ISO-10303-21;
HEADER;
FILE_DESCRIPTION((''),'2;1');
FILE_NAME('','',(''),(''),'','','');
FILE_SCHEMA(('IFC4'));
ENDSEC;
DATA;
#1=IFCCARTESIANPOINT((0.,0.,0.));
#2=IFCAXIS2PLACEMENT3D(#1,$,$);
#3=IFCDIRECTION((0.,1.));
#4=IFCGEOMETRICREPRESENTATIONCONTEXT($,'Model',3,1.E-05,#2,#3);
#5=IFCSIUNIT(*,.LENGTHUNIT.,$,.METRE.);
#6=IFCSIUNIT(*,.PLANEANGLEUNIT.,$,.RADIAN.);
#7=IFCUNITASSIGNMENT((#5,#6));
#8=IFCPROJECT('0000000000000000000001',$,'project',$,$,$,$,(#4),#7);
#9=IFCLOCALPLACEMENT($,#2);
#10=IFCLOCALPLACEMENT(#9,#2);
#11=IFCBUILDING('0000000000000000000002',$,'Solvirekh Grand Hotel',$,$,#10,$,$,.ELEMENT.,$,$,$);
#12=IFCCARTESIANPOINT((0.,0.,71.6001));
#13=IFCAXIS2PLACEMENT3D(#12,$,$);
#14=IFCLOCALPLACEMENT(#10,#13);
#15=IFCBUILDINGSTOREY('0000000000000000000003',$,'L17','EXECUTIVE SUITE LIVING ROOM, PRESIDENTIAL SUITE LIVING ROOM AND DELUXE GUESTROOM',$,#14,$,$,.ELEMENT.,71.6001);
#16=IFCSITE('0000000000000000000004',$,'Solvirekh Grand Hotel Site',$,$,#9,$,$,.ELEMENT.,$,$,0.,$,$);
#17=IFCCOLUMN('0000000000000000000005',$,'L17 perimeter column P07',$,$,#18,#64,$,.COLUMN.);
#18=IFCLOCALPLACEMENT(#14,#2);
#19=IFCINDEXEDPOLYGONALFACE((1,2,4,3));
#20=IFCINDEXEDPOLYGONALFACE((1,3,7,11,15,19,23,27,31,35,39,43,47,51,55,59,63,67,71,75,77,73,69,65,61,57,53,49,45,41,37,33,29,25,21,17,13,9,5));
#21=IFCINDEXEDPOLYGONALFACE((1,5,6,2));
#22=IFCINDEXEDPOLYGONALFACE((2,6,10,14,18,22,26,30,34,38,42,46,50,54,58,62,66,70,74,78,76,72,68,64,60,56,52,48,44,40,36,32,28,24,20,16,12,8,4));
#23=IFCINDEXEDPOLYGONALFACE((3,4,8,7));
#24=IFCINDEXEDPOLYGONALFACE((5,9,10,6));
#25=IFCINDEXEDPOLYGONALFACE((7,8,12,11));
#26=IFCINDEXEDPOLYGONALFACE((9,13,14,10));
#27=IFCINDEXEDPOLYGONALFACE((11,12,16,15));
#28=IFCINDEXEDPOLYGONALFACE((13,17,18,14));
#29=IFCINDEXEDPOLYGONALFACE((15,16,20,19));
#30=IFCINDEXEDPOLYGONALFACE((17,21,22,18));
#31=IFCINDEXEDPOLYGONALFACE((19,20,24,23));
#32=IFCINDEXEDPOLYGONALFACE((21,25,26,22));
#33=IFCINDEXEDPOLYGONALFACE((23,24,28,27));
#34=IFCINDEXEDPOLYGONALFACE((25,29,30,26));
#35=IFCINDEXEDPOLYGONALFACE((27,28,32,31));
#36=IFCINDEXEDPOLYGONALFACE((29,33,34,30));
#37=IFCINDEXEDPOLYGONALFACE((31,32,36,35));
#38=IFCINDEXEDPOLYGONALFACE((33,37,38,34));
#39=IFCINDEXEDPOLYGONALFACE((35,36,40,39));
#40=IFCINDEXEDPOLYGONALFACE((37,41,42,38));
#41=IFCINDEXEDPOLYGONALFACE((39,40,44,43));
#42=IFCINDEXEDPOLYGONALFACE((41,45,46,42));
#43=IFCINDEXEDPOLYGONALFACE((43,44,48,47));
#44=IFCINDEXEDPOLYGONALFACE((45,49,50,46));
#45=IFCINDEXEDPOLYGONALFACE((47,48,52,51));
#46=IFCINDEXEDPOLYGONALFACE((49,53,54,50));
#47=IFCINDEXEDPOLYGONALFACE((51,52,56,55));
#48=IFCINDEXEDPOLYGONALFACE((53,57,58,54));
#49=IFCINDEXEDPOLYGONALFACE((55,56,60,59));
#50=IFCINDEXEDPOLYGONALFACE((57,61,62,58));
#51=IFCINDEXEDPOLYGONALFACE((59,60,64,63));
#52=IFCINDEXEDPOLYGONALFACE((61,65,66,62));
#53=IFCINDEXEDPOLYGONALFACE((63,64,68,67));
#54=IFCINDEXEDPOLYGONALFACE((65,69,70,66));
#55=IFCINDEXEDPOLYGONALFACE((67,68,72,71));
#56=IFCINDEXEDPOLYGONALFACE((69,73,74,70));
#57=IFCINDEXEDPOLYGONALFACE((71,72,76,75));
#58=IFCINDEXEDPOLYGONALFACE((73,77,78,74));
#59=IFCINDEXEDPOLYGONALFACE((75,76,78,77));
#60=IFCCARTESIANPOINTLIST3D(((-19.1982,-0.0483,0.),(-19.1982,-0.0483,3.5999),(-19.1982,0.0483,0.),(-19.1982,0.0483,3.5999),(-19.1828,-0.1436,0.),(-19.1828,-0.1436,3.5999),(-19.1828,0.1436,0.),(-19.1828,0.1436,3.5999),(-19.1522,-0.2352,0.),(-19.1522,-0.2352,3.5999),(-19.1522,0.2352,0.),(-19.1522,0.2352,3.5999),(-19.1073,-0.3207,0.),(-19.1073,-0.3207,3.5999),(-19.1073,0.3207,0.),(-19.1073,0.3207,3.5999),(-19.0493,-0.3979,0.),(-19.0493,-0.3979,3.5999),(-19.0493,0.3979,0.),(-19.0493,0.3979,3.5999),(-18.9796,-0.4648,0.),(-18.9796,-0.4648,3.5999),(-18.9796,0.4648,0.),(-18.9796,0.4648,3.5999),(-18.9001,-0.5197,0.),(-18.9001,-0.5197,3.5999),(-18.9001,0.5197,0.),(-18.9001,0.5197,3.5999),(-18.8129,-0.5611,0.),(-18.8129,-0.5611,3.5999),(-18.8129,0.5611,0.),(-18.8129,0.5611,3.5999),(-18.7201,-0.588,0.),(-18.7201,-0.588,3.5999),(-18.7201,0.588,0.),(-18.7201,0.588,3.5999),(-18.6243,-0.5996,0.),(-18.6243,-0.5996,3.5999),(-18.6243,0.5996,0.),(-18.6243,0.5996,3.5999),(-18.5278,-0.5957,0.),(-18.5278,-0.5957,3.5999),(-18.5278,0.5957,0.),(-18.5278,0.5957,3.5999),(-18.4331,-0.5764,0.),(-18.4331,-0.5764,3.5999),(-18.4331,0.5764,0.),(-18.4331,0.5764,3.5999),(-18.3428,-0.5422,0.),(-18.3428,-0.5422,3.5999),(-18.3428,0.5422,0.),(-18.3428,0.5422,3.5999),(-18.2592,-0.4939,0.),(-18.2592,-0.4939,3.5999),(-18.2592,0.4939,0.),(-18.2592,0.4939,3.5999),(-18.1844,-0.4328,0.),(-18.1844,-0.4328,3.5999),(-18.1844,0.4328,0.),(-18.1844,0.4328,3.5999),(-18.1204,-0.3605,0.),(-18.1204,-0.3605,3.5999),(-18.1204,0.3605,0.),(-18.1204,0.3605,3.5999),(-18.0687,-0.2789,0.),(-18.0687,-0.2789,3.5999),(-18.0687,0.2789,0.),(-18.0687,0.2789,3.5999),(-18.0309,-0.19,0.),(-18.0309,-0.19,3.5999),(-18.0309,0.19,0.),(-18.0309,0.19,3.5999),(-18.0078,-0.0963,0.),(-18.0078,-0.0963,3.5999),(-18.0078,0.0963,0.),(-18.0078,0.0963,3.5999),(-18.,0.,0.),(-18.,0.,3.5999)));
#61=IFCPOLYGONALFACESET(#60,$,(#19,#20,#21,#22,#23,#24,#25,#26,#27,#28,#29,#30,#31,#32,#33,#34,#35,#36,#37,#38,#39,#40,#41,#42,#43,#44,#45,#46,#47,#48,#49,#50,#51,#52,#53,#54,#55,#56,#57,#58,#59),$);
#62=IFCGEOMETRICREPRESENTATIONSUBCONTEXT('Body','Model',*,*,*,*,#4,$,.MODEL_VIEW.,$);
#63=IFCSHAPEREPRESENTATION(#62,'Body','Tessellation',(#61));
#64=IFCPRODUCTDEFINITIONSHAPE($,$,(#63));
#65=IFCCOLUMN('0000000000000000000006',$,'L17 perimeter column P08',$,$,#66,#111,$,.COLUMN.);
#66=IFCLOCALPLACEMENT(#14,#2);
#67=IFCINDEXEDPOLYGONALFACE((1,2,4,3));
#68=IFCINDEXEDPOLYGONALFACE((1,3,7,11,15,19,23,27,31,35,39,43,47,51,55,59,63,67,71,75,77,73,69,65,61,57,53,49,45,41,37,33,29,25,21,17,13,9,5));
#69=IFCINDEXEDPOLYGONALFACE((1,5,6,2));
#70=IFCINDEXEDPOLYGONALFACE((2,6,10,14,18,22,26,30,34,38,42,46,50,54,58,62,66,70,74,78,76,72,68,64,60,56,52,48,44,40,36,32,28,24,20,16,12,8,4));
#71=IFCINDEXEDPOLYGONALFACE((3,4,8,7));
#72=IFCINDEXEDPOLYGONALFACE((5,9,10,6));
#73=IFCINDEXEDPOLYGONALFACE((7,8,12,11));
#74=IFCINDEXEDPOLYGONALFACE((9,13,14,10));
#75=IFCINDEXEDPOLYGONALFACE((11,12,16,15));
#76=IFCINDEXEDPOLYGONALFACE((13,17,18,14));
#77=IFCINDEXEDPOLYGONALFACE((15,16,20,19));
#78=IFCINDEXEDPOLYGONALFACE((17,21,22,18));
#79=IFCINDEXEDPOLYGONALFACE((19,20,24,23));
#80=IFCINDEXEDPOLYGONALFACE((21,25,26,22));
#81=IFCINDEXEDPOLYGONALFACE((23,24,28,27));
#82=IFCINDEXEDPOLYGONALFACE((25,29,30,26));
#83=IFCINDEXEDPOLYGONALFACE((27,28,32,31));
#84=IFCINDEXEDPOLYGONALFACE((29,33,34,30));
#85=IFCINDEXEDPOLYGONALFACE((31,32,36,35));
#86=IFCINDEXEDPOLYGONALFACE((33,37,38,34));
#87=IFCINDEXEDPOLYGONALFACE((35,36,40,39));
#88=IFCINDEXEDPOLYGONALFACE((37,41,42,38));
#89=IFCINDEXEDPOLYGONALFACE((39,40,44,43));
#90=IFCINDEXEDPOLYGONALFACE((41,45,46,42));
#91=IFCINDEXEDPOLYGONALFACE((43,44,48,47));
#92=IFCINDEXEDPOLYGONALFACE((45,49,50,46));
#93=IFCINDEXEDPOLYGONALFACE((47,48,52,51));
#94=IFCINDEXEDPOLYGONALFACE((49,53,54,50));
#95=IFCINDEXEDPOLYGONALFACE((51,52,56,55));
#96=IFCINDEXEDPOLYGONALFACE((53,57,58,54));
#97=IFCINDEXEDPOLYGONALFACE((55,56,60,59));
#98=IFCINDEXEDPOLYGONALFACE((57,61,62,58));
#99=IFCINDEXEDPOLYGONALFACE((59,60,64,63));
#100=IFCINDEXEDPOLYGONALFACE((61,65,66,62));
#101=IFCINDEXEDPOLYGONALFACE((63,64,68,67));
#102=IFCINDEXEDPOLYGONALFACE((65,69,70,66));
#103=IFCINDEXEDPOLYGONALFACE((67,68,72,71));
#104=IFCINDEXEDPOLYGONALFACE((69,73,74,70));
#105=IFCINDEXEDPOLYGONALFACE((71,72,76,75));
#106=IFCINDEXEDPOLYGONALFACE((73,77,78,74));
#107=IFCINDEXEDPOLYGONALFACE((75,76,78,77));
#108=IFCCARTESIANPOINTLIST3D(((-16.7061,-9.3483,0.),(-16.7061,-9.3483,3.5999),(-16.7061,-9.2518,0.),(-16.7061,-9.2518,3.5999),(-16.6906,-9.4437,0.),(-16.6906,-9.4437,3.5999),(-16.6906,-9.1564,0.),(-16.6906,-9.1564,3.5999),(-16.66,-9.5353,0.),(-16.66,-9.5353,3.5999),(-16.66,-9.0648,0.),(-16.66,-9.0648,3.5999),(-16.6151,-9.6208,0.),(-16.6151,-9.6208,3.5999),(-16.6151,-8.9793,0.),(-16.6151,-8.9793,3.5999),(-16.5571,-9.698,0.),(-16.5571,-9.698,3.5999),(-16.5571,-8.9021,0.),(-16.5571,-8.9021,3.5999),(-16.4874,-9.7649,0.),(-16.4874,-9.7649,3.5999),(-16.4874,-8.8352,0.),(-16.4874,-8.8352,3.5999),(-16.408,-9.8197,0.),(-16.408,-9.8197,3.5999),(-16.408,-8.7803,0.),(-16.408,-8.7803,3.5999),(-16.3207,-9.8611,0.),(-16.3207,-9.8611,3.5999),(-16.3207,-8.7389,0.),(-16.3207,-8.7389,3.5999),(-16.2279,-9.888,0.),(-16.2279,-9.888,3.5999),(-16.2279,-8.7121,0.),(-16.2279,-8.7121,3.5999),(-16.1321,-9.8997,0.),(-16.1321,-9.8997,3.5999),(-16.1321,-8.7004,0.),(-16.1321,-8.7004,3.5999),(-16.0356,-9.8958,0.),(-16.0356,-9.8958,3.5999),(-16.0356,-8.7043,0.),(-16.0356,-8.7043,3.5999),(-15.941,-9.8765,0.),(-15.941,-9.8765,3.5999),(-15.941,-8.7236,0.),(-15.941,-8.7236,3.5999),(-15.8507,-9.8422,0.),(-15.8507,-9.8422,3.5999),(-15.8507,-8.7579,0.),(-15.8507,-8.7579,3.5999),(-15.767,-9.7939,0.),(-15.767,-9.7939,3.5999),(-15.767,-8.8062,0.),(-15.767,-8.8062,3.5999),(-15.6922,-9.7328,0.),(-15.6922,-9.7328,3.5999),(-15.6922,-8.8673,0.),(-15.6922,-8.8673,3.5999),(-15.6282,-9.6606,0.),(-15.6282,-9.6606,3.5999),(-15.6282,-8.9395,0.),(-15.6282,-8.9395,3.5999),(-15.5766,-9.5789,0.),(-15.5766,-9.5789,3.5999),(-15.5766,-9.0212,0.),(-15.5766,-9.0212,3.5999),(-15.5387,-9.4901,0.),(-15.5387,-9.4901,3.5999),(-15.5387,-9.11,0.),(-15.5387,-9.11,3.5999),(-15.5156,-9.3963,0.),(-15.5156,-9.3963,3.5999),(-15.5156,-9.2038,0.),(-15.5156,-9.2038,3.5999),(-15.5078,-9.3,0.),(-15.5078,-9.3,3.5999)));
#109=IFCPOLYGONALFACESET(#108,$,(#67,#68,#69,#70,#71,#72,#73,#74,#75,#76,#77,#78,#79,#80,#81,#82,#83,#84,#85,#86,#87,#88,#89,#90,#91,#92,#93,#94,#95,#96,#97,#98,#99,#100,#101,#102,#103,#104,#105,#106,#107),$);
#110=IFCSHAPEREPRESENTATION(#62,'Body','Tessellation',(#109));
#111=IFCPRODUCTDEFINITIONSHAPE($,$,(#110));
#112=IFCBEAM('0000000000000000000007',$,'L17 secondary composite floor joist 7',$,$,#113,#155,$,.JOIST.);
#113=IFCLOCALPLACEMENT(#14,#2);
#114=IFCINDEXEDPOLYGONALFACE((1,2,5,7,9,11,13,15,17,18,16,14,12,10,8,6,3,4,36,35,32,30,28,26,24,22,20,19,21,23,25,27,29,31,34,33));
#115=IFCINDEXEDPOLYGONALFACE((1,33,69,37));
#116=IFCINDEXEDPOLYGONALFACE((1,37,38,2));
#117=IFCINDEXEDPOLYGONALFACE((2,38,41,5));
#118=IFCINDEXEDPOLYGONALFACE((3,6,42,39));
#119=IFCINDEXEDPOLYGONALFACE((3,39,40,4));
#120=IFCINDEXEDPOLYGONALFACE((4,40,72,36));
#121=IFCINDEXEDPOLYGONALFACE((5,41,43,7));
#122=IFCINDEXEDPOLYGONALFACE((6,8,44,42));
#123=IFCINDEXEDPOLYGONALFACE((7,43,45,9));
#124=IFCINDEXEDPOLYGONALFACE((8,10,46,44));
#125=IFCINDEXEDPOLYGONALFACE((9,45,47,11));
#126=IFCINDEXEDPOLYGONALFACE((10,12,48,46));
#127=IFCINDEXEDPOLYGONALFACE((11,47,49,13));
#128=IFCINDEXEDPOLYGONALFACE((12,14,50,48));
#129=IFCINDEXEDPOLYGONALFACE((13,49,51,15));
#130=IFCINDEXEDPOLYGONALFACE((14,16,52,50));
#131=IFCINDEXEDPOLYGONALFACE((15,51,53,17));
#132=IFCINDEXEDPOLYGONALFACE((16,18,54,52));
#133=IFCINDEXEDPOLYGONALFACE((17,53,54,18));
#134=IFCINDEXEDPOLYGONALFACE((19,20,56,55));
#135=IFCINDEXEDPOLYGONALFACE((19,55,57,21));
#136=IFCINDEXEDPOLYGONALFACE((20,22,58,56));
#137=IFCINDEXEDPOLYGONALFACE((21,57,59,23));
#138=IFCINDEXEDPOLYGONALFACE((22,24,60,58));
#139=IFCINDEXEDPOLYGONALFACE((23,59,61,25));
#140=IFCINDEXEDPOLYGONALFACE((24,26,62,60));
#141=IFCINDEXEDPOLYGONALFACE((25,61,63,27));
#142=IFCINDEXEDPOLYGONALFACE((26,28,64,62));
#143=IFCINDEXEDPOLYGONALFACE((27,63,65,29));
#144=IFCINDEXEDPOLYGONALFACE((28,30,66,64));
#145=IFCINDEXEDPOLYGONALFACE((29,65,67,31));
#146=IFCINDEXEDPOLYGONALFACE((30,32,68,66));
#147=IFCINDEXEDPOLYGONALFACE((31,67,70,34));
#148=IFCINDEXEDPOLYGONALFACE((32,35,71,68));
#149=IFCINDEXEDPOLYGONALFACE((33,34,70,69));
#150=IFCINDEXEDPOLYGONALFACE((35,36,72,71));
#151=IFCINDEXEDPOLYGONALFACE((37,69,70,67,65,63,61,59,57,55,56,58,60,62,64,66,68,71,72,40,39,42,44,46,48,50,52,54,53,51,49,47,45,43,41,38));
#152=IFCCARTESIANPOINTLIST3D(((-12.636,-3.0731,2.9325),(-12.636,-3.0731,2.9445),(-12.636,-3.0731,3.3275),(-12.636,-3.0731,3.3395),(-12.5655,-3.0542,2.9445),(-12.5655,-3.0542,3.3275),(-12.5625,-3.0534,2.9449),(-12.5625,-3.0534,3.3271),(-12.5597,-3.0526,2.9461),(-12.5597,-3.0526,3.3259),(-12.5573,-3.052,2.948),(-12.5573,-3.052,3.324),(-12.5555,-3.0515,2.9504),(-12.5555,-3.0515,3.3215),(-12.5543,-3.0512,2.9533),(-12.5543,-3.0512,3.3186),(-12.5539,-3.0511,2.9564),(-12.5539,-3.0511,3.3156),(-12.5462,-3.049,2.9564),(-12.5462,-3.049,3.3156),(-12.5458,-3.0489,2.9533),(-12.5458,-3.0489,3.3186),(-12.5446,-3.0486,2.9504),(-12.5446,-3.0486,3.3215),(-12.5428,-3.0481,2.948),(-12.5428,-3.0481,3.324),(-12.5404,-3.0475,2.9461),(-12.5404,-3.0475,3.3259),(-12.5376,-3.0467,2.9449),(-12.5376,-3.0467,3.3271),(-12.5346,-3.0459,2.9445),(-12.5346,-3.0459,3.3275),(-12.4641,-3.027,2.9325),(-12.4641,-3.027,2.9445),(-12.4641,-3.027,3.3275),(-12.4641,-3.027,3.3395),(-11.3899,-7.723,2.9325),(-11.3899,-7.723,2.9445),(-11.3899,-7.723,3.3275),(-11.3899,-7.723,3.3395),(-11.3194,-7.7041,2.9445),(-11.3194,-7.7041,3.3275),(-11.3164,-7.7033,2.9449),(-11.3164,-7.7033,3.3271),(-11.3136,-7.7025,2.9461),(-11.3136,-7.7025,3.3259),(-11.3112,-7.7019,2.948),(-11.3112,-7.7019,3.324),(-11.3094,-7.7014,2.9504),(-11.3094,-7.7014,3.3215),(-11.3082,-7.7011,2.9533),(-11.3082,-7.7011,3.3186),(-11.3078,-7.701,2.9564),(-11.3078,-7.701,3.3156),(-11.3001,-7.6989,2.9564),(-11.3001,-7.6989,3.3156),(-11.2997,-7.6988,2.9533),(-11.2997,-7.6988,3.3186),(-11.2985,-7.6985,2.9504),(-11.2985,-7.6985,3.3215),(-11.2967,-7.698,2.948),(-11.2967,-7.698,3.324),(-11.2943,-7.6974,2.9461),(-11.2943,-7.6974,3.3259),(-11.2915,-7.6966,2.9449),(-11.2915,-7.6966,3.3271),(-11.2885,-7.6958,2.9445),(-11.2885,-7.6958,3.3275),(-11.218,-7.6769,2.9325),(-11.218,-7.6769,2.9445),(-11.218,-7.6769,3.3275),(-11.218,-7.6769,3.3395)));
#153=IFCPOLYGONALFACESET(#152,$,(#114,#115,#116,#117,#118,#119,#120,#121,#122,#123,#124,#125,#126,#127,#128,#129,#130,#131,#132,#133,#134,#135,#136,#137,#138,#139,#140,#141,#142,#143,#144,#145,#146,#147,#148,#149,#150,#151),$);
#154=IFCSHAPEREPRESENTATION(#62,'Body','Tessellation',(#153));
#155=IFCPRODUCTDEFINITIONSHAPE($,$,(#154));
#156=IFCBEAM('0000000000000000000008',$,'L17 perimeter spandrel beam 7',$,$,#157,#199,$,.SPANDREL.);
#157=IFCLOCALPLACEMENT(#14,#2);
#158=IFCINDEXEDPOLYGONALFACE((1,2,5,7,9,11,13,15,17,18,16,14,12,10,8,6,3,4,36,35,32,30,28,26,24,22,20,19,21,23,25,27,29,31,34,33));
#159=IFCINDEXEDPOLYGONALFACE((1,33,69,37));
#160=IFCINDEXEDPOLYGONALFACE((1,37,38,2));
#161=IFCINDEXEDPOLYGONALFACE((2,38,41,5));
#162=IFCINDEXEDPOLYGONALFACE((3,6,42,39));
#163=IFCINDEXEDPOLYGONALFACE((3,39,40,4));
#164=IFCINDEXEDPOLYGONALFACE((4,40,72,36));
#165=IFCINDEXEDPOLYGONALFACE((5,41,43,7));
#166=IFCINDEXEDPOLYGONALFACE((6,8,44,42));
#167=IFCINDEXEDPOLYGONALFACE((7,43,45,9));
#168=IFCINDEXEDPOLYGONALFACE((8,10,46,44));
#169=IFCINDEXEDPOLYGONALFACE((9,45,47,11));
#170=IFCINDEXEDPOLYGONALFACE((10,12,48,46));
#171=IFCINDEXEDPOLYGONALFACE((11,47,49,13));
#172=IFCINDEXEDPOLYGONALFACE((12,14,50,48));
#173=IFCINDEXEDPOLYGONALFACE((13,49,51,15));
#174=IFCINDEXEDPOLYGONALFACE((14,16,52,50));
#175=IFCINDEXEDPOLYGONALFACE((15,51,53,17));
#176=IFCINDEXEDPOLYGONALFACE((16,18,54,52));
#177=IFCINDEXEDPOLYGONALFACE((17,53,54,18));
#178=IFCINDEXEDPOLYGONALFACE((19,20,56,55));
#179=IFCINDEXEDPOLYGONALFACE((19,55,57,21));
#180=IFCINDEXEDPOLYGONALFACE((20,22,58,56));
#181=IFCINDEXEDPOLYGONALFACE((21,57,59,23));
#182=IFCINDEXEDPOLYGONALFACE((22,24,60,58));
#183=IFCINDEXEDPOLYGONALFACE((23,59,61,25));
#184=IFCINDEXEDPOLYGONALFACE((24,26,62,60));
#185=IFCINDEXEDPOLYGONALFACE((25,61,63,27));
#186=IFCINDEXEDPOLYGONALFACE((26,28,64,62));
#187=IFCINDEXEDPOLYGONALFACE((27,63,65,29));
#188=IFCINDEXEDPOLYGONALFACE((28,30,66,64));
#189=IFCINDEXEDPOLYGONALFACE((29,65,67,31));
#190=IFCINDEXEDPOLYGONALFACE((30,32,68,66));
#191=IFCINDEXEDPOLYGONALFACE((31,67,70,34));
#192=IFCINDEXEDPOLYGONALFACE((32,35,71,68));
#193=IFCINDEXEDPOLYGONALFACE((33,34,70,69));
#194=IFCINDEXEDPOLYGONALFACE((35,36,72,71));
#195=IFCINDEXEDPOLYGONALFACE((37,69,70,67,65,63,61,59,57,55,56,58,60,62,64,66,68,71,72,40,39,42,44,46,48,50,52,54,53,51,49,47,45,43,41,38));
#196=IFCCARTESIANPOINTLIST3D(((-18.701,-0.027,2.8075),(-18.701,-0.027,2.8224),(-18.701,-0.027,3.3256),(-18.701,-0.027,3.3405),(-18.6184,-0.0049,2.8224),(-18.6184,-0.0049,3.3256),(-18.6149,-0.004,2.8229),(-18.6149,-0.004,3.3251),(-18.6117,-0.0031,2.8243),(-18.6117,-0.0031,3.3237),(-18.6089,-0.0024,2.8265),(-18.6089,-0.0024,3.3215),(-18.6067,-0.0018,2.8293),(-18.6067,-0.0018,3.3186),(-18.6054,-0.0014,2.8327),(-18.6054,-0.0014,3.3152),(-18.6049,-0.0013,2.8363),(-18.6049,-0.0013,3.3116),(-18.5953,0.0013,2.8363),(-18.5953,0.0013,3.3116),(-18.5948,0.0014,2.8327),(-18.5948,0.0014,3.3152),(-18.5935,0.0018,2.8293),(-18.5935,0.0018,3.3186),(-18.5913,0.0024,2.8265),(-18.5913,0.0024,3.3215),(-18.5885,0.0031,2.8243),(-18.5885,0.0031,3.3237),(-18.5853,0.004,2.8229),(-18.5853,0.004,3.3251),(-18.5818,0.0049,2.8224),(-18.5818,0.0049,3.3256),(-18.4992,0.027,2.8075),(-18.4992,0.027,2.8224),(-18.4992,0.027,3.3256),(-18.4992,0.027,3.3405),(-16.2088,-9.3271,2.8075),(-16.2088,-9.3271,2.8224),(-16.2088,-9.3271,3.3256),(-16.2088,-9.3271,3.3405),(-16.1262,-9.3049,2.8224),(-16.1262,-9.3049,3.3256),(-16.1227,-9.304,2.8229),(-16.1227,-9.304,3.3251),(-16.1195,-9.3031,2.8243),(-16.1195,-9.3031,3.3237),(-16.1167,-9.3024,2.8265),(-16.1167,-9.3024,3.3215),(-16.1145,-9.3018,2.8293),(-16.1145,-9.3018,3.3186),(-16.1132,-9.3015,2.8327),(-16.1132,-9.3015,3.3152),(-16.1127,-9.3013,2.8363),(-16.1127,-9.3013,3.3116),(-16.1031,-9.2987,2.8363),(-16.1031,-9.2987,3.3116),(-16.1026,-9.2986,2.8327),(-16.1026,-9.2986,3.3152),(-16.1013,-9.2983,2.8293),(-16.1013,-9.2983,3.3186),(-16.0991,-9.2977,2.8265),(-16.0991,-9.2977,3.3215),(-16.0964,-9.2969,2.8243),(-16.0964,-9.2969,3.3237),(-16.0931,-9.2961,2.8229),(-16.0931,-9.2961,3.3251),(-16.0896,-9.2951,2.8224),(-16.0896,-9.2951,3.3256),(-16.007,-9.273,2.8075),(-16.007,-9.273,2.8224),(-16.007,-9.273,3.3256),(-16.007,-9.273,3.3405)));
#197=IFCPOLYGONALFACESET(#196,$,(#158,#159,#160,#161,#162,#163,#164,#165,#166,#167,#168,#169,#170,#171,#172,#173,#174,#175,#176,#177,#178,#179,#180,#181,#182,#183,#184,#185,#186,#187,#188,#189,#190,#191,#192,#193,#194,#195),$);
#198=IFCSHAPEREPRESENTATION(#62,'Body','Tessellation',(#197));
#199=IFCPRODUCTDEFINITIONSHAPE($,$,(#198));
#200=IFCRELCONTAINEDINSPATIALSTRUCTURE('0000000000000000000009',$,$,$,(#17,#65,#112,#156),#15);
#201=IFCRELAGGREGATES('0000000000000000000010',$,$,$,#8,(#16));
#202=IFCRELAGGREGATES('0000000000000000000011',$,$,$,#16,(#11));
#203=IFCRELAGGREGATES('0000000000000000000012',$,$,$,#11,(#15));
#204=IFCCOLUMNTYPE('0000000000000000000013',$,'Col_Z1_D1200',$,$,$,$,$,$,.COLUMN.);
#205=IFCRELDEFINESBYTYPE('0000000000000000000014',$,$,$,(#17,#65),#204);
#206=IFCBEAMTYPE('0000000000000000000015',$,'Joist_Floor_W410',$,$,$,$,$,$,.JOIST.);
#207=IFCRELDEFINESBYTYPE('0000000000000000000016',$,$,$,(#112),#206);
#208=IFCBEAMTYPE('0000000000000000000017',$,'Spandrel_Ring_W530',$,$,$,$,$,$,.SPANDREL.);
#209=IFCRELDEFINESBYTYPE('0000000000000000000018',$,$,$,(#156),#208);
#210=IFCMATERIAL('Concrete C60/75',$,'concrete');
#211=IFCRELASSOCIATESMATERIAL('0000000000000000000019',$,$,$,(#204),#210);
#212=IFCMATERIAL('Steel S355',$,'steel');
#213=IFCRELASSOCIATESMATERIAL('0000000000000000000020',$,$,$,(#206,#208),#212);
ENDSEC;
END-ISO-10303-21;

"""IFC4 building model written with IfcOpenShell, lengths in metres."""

from ifc_helpers import new_model, si_unit, direction, frame, origin, origin_2d, place, context, subcontext, project, spatial, circle, i_section, extrude, material, material_profile, profile_set, type_object, element, save


model = new_model("IFC4")

# Units and contexts
model_context = context("Model", 3, precision=1e-05, world=origin(), true_north=direction((0.0, 1.0)))
body_context = subcontext(model_context, "Body", "Model", "MODEL_VIEW")
ifc_project = project(units=[si_unit("LENGTHUNIT", "METRE"), si_unit("PLANEANGLEUNIT", "RADIAN")], contexts=[model_context])

# Site, building, storey
site_placement = place(None, origin())
site = spatial("IfcSite", under=ifc_project, at=site_placement, Name="Solvirekh Grand Hotel Site", CompositionType="ELEMENT", RefElevation=0.0)
building_placement = place(site_placement, origin())
building = spatial("IfcBuilding", under=site, at=building_placement, Name="Solvirekh Grand Hotel", CompositionType="ELEMENT")
storey_placement = place(building_placement, frame((0.0, 0.0, 71.6001)))
storey = spatial("IfcBuildingStorey", under=building, at=storey_placement, Name="L17", Description="EXECUTIVE SUITE LIVING ROOM, PRESIDENTIAL SUITE LIVING ROOM AND DELUXE GUESTROOM", CompositionType="ELEMENT", Elevation=71.6001)

# Columns
ifc_material_1 = material(Name="Concrete C60/75", Category="concrete")
ifc_material_profile_1 = material_profile(ifc_material_1, circle(Radius=0.6001, at=origin_2d()), Name="RC CIRC D1200")
ifc_profile_set_1 = profile_set([ifc_material_profile_1], Name="Concrete C60/75")
column_type = type_object("IfcColumnType", Name="Col_Z1_D1200", PredefinedType="COLUMN", material=ifc_profile_set_1)
for number, where, z_axis, x_axis, name in (
    (1, (-18.6001, 0.0, 0.0), (0.0, 0.0, 1.0), (1.0, 0.0, 0.0), "L17 perimeter column P07"),
    (2, (-16.1079, -9.3, 0.0), (0.0, 0.0, 1.0), (1.0, 0.0, 0.0), "L17 perimeter column P08"),
):
    element("IfcColumn", number, at=place(storey_placement, frame(where, z_axis=z_axis, x_axis=x_axis)), inside=storey, type_object=column_type, Name=name, PredefinedType="COLUMN", context=body_context, shape_type="SweptSolid", body=[
        extrude(circle(Radius=0.6001, at=origin_2d()), origin(), (0.0, 0.0, 1.0), 3.5999),
    ])

# Beams
ifc_material_2 = material(Name="Steel S355", Category="steel")
ifc_material_profile_2 = material_profile(ifc_material_2, i_section(OverallWidth=0.178, OverallDepth=0.407, WebThickness=0.0081, FlangeThickness=0.012, FilletRadius=0.012, at=origin_2d()), Name="W410X60")
ifc_profile_set_2 = profile_set([ifc_material_profile_2], Name="Steel S355")
beam_type_1 = type_object("IfcBeamType", Name="Joist_Floor_W410", PredefinedType="JOIST", material=ifc_profile_set_2)
beam_1_placement = place(storey_placement, frame((-12.55, -3.05, 3.136), z_axis=(0.258849, -0.965918, 0.0), x_axis=(0.965918, 0.258849, 0.0)))
element("IfcBeam", 3, at=beam_1_placement, inside=storey, type_object=beam_type_1, Name="L17 secondary composite floor joist 7", PredefinedType="JOIST", context=body_context, shape_type="SweptSolid", body=[
    extrude(i_section(OverallWidth=0.178, OverallDepth=0.407, WebThickness=0.0081, FlangeThickness=0.012, FilletRadius=0.012, at=origin_2d()), origin(), (0.0, 0.0, 1.0), 4.814),
])
ifc_material_profile_3 = material_profile(ifc_material_2, i_section(OverallWidth=0.209, OverallDepth=0.533, WebThickness=0.01, FlangeThickness=0.0149, FilletRadius=0.0139, at=origin_2d()), Name="W530X92")
ifc_profile_set_3 = profile_set([ifc_material_profile_3], Name="Steel S355")
beam_type_2 = type_object("IfcBeamType", Name="Spandrel_Ring_W530", PredefinedType="SPANDREL", material=ifc_profile_set_3)
beam_2_placement = place(storey_placement, frame((-18.6001, 0.0, 3.074), z_axis=(0.258843, -0.965919, 0.0), x_axis=(0.965919, 0.258843, 0.0)))
element("IfcBeam", 4, at=beam_2_placement, inside=storey, type_object=beam_type_2, Name="L17 perimeter spandrel beam 7", PredefinedType="SPANDREL", context=body_context, shape_type="SweptSolid", body=[
    extrude(i_section(OverallWidth=0.209, OverallDepth=0.533, WebThickness=0.01, FlangeThickness=0.0149, FilletRadius=0.0139, at=origin_2d()), origin(), (0.0, 0.0, 1.0), 9.6282),
])

save(model, "model.ifc")
